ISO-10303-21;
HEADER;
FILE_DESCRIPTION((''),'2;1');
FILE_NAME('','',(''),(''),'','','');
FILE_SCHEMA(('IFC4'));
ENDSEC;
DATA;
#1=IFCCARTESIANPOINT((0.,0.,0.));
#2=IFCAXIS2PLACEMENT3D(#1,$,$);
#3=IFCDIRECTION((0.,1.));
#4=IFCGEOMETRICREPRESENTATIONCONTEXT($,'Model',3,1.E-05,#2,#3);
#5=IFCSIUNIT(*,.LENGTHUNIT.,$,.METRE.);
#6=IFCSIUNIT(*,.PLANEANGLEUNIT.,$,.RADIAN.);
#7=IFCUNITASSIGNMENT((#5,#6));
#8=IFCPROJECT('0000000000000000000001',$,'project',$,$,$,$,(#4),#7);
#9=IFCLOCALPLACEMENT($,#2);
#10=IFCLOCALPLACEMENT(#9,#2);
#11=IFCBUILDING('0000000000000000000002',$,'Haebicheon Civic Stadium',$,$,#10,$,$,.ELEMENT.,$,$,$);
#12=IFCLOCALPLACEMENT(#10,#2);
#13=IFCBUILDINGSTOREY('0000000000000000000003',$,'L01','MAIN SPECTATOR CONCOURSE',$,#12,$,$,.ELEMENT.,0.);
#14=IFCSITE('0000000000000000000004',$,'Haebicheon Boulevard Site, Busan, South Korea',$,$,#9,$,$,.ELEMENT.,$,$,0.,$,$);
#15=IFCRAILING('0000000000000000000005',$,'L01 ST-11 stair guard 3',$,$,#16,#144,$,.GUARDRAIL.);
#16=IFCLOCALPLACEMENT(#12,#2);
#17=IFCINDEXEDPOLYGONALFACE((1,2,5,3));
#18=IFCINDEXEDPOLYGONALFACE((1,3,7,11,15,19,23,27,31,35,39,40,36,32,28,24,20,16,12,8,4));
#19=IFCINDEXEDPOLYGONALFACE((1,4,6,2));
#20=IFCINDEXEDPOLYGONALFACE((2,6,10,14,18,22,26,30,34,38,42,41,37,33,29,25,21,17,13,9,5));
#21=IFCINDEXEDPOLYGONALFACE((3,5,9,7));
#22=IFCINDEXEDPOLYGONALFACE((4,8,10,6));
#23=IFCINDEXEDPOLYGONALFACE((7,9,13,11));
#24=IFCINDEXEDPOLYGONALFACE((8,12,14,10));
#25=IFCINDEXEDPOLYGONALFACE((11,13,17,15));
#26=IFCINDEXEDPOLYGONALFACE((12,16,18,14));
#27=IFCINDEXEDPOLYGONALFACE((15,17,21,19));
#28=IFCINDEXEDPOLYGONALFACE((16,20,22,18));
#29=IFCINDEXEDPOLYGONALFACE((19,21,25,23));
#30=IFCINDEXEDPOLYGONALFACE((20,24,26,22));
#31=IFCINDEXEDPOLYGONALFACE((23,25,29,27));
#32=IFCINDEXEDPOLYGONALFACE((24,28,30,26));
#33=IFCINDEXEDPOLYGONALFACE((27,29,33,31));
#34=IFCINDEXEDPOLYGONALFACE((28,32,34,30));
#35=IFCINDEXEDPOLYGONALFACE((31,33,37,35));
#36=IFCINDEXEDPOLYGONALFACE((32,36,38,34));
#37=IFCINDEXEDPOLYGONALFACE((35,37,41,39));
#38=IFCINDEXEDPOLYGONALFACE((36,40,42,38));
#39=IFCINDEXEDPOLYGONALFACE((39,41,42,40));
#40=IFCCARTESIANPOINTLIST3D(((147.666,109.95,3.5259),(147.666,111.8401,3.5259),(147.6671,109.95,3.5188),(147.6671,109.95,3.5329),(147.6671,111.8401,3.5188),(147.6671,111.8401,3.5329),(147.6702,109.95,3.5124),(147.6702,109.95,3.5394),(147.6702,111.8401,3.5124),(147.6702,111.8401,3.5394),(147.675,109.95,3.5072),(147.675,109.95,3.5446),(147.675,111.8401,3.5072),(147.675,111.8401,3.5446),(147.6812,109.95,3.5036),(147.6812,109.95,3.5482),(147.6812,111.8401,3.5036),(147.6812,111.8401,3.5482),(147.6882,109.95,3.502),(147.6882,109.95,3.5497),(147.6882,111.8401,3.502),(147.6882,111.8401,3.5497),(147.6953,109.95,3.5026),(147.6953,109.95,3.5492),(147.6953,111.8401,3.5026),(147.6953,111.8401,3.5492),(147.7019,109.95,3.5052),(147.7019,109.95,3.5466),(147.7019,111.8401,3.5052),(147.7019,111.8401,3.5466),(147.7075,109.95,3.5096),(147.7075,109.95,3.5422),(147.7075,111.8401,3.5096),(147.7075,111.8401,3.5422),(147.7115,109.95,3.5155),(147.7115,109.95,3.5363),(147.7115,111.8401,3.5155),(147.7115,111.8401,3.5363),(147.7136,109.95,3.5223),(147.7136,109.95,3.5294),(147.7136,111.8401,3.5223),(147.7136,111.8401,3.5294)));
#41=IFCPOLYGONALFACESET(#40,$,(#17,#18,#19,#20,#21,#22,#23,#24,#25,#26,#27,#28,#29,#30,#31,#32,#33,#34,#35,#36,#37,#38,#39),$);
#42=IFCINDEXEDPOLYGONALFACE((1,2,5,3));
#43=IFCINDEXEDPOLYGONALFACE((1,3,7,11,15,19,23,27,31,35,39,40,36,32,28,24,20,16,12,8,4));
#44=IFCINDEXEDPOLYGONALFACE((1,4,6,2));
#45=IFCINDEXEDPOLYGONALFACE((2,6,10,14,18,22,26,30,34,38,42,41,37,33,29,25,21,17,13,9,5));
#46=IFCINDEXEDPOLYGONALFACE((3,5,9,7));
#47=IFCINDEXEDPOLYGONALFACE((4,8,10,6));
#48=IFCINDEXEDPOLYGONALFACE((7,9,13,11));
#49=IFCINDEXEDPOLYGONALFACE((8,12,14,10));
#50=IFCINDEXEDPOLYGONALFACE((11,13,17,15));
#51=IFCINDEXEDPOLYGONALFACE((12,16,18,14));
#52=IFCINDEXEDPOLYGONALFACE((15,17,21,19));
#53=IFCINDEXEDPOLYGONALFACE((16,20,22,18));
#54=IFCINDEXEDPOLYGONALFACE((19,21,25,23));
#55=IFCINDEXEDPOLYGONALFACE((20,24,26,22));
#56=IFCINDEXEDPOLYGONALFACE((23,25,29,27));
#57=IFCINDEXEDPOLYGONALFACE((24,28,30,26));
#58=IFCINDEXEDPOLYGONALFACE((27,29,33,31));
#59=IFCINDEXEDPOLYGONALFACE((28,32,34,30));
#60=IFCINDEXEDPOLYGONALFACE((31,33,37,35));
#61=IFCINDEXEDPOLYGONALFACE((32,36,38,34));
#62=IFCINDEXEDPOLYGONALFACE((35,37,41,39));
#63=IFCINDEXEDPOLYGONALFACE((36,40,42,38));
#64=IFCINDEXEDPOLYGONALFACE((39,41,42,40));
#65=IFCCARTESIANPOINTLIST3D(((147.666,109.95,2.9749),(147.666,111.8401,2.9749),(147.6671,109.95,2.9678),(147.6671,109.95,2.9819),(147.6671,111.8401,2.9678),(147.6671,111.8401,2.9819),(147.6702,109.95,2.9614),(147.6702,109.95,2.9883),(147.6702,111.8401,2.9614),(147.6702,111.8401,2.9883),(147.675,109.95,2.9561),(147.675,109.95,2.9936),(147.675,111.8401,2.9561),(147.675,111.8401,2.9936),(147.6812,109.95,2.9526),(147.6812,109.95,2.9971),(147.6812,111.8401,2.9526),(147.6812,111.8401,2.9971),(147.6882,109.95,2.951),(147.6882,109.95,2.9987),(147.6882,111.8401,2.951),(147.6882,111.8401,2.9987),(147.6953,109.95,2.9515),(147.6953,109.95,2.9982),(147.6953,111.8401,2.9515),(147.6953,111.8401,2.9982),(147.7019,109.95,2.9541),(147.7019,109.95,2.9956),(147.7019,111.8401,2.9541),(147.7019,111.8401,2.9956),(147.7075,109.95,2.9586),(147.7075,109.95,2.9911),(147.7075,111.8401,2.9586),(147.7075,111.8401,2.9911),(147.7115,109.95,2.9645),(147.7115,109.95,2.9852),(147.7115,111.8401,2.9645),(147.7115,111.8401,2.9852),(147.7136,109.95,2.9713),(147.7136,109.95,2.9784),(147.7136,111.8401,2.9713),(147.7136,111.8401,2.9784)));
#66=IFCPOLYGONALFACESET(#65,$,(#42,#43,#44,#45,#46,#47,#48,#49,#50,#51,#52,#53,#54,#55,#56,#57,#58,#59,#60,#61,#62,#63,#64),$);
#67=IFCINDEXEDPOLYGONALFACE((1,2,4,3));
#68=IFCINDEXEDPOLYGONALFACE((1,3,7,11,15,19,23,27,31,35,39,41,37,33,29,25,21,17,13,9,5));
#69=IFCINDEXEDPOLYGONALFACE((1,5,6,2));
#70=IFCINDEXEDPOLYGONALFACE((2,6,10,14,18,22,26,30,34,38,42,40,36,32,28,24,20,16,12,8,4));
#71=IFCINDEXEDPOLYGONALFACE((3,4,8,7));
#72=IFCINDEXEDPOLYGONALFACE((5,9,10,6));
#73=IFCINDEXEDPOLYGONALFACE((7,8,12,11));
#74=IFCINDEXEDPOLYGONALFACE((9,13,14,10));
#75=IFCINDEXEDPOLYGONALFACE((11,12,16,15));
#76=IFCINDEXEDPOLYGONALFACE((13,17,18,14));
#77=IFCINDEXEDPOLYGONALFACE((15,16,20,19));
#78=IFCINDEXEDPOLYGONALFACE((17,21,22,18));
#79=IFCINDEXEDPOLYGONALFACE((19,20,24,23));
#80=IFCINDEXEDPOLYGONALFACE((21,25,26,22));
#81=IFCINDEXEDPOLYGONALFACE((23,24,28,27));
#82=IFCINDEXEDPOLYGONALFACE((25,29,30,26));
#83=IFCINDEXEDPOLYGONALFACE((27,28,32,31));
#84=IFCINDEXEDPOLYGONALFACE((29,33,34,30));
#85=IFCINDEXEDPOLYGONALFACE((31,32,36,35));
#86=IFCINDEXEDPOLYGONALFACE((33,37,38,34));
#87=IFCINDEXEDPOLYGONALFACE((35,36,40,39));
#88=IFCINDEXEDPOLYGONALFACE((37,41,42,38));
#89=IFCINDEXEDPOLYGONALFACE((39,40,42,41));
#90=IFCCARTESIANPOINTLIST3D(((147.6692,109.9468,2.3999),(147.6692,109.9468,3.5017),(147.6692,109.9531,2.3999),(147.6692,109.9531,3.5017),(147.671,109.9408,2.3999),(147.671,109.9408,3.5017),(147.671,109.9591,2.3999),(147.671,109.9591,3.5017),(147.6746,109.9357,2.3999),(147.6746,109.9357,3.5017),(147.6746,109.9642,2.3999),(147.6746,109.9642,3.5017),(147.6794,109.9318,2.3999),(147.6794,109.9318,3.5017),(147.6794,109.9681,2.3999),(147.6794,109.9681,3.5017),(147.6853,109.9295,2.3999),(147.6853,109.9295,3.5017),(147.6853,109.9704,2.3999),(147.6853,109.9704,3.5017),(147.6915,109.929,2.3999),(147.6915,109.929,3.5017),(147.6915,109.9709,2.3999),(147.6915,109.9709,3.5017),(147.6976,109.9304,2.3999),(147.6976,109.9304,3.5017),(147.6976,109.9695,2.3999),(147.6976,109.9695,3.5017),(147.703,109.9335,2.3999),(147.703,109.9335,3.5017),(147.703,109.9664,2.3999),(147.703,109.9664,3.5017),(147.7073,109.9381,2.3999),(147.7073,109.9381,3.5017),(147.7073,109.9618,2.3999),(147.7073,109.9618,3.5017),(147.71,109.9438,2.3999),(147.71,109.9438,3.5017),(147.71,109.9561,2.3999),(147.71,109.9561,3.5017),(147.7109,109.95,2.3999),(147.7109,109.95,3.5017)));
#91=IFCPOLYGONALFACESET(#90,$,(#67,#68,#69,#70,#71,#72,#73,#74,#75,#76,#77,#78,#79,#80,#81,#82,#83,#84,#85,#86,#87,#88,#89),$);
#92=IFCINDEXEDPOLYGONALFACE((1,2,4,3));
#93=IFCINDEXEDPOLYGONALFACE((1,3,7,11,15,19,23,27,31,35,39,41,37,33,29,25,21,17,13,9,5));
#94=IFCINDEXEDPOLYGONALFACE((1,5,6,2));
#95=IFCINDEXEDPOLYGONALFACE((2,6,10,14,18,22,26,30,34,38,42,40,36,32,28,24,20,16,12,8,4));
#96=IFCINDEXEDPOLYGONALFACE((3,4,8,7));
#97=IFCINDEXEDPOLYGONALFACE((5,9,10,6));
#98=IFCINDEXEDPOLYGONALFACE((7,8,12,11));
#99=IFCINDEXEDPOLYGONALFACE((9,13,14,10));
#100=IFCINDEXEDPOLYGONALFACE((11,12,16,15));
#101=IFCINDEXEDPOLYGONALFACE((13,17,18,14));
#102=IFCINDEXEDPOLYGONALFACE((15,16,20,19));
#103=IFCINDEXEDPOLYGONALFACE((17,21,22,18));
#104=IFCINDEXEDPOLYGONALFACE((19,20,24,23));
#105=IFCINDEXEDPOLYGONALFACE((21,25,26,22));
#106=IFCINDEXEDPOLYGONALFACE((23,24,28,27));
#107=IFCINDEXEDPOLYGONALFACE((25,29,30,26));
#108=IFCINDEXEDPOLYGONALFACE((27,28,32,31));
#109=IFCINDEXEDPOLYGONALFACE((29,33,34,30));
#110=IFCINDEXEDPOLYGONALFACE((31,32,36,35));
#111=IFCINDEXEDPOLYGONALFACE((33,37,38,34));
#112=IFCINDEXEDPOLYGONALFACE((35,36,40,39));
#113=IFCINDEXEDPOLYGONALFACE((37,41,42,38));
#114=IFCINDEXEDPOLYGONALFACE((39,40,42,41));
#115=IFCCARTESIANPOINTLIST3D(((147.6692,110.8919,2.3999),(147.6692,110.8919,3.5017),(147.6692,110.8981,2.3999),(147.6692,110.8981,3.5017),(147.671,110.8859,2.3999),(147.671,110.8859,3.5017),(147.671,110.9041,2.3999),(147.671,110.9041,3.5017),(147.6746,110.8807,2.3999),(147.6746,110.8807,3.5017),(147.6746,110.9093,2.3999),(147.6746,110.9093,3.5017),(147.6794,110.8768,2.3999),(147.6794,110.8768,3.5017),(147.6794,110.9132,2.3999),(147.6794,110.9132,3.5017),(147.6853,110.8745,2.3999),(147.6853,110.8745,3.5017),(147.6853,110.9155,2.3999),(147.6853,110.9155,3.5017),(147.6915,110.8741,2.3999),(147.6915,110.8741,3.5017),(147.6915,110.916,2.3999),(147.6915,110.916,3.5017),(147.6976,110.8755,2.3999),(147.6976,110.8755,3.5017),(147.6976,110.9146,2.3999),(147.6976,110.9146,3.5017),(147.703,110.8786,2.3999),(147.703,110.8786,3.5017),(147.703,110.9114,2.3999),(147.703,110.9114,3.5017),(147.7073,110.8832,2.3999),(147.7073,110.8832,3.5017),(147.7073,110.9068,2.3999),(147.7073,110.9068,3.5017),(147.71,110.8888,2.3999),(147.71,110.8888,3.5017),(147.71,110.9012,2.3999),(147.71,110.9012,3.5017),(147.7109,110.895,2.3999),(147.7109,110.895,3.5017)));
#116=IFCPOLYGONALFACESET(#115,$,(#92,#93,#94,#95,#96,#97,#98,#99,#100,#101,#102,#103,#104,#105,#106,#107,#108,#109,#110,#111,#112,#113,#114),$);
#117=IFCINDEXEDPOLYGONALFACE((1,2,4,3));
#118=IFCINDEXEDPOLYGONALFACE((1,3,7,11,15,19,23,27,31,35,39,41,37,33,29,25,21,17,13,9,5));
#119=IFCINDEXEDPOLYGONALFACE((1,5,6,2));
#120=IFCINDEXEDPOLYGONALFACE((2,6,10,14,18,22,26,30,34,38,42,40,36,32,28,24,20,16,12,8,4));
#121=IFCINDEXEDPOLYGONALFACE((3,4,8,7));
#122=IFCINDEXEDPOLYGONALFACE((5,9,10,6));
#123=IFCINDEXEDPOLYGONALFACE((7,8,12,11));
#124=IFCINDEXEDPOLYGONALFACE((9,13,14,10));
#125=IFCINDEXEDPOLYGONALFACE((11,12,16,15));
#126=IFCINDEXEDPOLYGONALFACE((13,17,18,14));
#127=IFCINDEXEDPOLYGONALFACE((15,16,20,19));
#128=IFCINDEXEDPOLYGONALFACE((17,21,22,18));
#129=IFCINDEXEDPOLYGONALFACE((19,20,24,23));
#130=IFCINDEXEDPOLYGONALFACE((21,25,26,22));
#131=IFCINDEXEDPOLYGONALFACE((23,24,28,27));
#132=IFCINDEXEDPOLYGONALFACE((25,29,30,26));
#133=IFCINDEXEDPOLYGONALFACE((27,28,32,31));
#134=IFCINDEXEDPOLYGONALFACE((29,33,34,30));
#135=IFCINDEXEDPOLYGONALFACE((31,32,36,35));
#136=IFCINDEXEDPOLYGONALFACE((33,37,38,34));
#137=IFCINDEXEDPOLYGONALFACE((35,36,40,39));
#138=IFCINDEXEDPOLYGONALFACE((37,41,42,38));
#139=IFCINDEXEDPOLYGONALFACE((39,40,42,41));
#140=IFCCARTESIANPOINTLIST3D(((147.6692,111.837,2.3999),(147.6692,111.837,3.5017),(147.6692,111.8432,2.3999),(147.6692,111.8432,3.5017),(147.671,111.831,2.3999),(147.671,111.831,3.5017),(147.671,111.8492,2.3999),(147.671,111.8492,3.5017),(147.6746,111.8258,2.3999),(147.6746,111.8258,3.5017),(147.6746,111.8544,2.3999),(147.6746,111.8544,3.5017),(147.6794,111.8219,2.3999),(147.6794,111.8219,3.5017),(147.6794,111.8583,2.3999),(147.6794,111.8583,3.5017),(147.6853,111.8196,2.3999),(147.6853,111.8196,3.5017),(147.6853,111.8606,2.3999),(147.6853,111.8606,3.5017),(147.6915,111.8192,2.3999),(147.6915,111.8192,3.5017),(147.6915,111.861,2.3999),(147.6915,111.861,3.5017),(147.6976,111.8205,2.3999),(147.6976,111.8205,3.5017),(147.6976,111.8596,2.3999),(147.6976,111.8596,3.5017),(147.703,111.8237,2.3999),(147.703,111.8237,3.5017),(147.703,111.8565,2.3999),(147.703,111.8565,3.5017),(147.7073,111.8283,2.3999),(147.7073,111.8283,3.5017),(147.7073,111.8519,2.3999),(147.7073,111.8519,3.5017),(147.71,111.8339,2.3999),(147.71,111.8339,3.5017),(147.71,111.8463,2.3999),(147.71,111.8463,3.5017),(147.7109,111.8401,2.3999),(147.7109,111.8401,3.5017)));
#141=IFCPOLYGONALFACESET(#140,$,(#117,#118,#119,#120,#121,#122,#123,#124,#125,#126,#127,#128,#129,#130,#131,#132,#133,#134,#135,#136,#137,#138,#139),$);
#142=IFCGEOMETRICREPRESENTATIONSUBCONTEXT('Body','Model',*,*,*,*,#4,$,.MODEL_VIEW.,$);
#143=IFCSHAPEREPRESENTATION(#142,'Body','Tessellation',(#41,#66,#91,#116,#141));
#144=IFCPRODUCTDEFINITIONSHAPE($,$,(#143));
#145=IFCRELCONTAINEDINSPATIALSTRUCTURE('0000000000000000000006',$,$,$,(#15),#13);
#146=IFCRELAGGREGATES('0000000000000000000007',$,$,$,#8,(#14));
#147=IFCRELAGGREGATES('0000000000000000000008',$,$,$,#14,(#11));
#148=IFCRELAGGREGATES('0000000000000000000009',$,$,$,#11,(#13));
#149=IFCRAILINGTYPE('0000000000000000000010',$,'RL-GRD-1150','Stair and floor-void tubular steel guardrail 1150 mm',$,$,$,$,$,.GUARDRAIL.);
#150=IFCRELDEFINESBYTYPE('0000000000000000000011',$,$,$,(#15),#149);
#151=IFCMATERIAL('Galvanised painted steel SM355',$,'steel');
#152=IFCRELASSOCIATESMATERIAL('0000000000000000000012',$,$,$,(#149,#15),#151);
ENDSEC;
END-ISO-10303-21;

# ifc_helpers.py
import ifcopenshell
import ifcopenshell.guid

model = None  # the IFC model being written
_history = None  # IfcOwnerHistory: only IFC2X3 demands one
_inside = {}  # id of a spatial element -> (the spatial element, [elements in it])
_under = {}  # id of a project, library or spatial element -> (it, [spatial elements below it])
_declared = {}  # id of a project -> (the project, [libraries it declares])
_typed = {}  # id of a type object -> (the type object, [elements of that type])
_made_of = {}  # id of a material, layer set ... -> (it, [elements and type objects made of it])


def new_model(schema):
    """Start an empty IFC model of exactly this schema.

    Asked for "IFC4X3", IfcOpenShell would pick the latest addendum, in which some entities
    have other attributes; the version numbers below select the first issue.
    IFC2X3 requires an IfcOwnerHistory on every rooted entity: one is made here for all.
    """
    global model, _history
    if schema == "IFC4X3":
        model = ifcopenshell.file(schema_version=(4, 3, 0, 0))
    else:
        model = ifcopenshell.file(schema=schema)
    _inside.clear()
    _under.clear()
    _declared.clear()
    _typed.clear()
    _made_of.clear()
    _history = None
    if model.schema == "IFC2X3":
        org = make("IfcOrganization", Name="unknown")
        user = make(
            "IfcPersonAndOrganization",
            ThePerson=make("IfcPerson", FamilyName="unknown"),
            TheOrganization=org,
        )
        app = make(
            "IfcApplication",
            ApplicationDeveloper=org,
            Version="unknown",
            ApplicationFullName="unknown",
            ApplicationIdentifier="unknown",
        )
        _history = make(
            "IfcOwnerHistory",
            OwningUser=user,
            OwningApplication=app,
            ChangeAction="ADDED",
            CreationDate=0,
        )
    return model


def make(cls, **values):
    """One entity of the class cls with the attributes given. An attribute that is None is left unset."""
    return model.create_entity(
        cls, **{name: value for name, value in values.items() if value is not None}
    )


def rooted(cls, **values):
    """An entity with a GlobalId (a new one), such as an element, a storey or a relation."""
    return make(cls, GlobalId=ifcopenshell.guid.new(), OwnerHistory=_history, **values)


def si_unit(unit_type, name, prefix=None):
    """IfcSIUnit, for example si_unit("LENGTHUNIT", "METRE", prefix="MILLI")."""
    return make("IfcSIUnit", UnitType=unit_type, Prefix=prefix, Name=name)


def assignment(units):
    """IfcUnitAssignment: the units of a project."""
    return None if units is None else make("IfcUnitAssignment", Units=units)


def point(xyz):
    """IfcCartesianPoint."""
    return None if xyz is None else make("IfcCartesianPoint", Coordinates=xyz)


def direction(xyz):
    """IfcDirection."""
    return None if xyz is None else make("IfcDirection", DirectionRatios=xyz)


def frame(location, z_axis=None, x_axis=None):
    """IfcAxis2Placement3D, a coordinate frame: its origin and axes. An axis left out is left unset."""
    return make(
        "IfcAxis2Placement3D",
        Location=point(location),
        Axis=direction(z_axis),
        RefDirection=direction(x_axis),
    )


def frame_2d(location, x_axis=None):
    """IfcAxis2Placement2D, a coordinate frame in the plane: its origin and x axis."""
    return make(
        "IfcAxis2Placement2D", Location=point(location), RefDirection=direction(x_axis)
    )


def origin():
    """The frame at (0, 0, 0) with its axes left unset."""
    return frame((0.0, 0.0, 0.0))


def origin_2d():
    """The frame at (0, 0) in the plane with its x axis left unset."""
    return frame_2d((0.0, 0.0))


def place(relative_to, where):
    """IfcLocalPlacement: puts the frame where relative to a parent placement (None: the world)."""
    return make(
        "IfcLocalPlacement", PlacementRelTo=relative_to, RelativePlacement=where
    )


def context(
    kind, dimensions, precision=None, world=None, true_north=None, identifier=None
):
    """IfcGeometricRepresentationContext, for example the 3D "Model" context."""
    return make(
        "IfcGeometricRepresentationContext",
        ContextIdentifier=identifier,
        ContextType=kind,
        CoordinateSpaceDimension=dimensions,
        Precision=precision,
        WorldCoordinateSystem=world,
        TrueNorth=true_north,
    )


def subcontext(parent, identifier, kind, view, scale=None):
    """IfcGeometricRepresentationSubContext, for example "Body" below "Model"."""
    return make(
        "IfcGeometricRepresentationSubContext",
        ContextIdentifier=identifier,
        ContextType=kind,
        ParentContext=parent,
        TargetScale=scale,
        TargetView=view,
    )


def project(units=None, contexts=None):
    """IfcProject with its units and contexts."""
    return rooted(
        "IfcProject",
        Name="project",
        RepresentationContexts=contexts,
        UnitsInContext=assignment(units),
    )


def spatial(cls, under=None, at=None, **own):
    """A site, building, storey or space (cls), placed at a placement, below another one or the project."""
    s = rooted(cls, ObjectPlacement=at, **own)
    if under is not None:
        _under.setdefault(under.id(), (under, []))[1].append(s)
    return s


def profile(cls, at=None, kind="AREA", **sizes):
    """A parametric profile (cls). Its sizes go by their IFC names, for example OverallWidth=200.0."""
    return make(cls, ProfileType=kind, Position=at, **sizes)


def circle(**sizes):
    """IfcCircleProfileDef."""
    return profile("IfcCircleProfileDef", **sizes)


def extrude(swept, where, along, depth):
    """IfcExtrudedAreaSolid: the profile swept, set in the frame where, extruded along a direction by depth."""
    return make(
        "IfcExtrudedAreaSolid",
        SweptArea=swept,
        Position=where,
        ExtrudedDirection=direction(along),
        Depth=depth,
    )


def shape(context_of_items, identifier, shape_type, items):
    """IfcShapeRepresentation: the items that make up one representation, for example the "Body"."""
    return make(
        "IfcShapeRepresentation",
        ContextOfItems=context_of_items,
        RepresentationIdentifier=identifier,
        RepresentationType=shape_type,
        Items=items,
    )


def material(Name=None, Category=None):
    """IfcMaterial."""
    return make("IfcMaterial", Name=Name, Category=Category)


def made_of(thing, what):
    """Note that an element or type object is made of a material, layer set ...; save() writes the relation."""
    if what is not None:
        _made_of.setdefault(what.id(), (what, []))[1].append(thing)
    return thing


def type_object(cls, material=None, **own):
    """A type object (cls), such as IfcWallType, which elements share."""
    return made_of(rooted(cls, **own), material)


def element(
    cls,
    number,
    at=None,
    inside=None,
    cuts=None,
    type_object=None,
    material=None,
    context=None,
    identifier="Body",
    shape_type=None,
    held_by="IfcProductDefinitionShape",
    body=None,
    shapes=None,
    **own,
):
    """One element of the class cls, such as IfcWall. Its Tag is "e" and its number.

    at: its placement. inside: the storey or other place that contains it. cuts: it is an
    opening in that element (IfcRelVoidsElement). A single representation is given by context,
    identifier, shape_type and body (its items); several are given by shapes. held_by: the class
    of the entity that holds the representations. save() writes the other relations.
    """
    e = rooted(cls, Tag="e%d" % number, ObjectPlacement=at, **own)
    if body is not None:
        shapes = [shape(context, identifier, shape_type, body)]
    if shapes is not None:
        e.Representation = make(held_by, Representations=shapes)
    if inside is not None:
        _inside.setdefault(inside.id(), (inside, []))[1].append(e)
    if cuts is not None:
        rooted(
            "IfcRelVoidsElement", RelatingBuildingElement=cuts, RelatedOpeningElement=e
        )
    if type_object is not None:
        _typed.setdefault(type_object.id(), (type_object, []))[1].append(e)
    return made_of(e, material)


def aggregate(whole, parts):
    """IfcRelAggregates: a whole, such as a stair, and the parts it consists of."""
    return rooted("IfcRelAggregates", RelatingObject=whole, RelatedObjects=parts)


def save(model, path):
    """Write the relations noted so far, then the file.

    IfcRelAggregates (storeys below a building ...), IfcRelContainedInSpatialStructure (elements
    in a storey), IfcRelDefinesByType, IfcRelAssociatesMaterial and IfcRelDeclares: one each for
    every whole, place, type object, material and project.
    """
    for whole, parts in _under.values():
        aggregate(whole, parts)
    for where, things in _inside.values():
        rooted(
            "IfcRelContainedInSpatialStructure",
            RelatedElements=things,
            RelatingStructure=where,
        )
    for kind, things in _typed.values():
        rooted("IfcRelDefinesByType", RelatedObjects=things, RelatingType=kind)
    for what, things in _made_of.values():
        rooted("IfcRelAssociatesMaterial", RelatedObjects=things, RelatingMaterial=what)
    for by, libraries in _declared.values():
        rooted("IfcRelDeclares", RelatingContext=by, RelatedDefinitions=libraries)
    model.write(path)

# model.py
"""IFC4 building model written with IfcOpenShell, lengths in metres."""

from ifc_helpers import new_model, si_unit, direction, frame, origin, origin_2d, place, context, subcontext, project, spatial, circle, extrude, material, type_object, element, save


model = new_model("IFC4")

# Units and contexts
model_context = context("Model", 3, precision=1e-05, world=origin(), true_north=direction((0.0, 1.0)))
body_context = subcontext(model_context, "Body", "Model", "MODEL_VIEW")
ifc_project = project(units=[si_unit("LENGTHUNIT", "METRE"), si_unit("PLANEANGLEUNIT", "RADIAN")], contexts=[model_context])

# Site, building, storey
site_placement = place(None, origin())
site = spatial("IfcSite", under=ifc_project, at=site_placement, Name="Haebicheon Boulevard Site, Busan, South Korea", CompositionType="ELEMENT", RefElevation=0.0)
building_placement = place(site_placement, origin())
building = spatial("IfcBuilding", under=site, at=building_placement, Name="Haebicheon Civic Stadium", CompositionType="ELEMENT")
storey_placement = place(building_placement, origin())
storey = spatial("IfcBuildingStorey", under=building, at=storey_placement, Name="L01", Description="MAIN SPECTATOR CONCOURSE", CompositionType="ELEMENT", Elevation=0.0)

# Railing
ifc_material_1 = material(Name="Galvanised painted steel SM355", Category="steel")
railing_type = type_object("IfcRailingType", Name="RL-GRD-1150", Description="Stair and floor-void tubular steel guardrail 1150 mm", PredefinedType="GUARDRAIL", material=ifc_material_1)
railing_1_placement = place(storey_placement, frame((147.6899, 109.95, 2.3999)))
element("IfcRailing", 1, at=railing_1_placement, inside=storey, type_object=railing_type, material=ifc_material_1, Name="L01 ST-11 stair guard 3", PredefinedType="GUARDRAIL", context=body_context, shape_type="SweptSolid", body=[
    extrude(circle(Radius=0.0239, at=origin_2d()), frame((0.0, 0.0, 1.126), z_axis=(0.0, 1.0, 0.0), x_axis=(-1.0, 0.0, 0.0)), (0.0, 0.0, 1.0), 1.8901),
    extrude(circle(Radius=0.0239, at=origin_2d()), frame((0.0, 0.0, 0.575), z_axis=(0.0, 1.0, 0.0), x_axis=(-1.0, 0.0, 0.0)), (0.0, 0.0, 1.0), 1.8901),
    extrude(circle(Radius=0.021, at=origin_2d()), origin(), (0.0, 0.0, 1.0), 1.1018),
    extrude(circle(Radius=0.021, at=origin_2d()), frame((0.0, 0.9451, 0.0)), (0.0, 0.0, 1.0), 1.1018),
    extrude(circle(Radius=0.021, at=origin_2d()), frame((0.0, 1.8901, 0.0)), (0.0, 0.0, 1.0), 1.1018),
])

save(model, "model.ifc")
